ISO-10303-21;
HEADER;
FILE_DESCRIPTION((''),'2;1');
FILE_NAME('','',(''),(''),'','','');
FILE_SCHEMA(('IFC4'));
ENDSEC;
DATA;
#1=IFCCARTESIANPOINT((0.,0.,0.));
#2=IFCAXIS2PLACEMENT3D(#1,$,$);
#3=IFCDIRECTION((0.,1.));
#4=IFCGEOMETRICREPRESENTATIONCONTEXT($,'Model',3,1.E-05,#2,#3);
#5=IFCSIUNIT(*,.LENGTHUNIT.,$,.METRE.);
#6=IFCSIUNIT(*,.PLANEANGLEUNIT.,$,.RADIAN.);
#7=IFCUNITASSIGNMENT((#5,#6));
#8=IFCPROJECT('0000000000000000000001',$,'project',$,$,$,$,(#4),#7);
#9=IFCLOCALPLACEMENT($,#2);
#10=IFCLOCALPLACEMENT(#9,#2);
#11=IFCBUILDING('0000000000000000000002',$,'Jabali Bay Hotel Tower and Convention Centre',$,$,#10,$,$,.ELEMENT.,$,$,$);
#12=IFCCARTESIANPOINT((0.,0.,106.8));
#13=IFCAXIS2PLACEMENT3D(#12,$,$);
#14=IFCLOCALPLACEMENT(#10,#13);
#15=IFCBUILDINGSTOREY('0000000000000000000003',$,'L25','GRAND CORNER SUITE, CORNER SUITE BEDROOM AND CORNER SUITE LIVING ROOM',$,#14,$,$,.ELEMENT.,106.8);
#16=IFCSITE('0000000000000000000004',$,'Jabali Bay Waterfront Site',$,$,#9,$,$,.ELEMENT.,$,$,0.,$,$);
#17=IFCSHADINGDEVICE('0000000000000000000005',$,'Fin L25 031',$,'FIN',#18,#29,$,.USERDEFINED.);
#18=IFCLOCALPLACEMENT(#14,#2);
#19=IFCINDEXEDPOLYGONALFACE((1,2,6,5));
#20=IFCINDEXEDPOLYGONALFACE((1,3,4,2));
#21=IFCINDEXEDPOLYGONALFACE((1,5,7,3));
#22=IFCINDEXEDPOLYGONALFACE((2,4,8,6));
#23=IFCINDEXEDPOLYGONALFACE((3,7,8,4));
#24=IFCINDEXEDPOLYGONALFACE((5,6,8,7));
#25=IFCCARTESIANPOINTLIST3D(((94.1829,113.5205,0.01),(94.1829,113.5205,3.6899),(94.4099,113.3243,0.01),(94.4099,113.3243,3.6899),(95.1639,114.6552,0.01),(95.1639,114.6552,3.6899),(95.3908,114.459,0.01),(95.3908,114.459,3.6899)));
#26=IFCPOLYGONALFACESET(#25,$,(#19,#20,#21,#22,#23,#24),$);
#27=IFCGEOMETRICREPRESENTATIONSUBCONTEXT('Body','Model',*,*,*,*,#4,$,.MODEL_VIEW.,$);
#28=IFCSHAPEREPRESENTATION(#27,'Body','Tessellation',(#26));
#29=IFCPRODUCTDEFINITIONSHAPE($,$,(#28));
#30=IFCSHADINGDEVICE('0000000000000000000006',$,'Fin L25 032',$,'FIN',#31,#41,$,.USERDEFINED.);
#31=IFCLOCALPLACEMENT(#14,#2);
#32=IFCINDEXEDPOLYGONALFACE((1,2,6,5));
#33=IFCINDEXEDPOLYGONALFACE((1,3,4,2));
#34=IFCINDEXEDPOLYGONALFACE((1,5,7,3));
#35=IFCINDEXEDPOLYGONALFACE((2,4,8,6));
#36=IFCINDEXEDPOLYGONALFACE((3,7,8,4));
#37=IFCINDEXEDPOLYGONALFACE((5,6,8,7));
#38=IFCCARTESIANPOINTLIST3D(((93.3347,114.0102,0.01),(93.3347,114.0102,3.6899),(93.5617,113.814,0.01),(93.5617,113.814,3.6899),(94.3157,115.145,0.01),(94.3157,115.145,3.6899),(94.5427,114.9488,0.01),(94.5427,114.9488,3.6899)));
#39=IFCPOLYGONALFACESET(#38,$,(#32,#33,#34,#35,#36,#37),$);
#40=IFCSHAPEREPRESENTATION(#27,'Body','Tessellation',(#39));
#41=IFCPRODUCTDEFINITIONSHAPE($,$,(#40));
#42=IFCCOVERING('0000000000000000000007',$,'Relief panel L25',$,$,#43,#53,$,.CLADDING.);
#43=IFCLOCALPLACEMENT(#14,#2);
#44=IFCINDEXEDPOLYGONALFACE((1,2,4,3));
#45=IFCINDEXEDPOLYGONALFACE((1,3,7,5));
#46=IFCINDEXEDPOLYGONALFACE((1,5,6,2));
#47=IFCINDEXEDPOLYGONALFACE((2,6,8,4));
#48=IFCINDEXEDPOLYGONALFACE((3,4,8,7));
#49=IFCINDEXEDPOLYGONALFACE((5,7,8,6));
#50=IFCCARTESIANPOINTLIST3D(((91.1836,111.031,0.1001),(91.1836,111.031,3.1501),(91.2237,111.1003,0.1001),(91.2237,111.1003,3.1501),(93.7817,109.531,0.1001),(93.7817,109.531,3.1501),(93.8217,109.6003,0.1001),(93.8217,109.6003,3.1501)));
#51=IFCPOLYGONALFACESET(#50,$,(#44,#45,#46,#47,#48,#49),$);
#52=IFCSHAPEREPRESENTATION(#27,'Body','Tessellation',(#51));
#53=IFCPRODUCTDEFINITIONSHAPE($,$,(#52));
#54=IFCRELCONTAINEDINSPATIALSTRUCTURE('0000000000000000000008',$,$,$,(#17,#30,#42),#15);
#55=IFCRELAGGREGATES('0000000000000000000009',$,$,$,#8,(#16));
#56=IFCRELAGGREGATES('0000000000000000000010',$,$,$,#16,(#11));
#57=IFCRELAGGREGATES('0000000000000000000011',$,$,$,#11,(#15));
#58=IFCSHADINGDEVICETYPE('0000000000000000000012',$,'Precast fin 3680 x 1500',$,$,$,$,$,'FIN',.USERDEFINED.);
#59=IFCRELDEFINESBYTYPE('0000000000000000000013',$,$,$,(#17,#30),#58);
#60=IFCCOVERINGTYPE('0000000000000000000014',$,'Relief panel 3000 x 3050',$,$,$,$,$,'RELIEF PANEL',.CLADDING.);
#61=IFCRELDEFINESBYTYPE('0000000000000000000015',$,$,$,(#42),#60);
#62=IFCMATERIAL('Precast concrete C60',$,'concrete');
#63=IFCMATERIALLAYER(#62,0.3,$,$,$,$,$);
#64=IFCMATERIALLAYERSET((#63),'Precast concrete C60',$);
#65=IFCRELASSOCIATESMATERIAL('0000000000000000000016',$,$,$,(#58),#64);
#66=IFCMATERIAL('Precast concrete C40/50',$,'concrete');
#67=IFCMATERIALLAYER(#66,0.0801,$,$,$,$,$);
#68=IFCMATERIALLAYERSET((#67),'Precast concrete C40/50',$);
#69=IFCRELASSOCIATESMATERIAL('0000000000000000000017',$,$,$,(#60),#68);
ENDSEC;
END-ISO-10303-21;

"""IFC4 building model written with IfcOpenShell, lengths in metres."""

from ifc_helpers import new_model, si_unit, direction, frame, frame_2d, origin, origin_2d, place, context, subcontext, project, spatial, rectangle, extrude, material, layer, layer_set, type_object, element, save


model = new_model("IFC4")

# Units and contexts
model_context = context("Model", 3, precision=1e-05, world=origin(), true_north=direction((0.0, 1.0)))
body_context = subcontext(model_context, "Body", "Model", "MODEL_VIEW")
ifc_project = project(units=[si_unit("LENGTHUNIT", "METRE"), si_unit("PLANEANGLEUNIT", "RADIAN")], contexts=[model_context])

# Site, building, storey
site_placement = place(None, origin())
site = spatial("IfcSite", under=ifc_project, at=site_placement, Name="Jabali Bay Waterfront Site", CompositionType="ELEMENT", RefElevation=0.0)
building_placement = place(site_placement, origin())
building = spatial("IfcBuilding", under=site, at=building_placement, Name="Jabali Bay Hotel Tower and Convention Centre", CompositionType="ELEMENT")
storey_placement = place(building_placement, frame((0.0, 0.0, 106.8)))
storey = spatial("IfcBuildingStorey", under=building, at=storey_placement, Name="L25", Description="GRAND CORNER SUITE, CORNER SUITE BEDROOM AND CORNER SUITE LIVING ROOM", CompositionType="ELEMENT", Elevation=106.8)

# Shading devices
ifc_material_1 = material(Name="Precast concrete C60", Category="concrete")
ifc_layer_1 = layer(ifc_material_1, 0.3)
ifc_layer_set_1 = layer_set([ifc_layer_1], Name="Precast concrete C60")
shading_device_type_1 = type_object("IfcShadingDeviceType", Name="Precast fin 3680 x 1500", ElementType="FIN", PredefinedType="USERDEFINED", material=ifc_layer_set_1)
for number, where, z_axis, x_axis, name in (
    (1, (94.2964, 113.4224, 0.01), (0.0, 0.0, 1.0), (0.653976, 0.756516, 0.0), "Fin L25 031"),
    (2, (93.4482, 113.9121, 0.01), (0.0, 0.0, 1.0), (0.653976, 0.756516, 0.0), "Fin L25 032"),
):
    element("IfcShadingDevice", number, at=place(storey_placement, frame(where, z_axis=z_axis, x_axis=x_axis)), inside=storey, type_object=shading_device_type_1, Name=name, ObjectType="FIN", PredefinedType="USERDEFINED", context=body_context, shape_type="SweptSolid", body=[
        extrude(rectangle(XDim=1.5, YDim=0.3, at=frame_2d((0.75, 0.0))), origin(), (0.0, 0.0, 1.0), 3.6799),
    ])

# Covering
ifc_material_2 = material(Name="Precast concrete C40/50", Category="concrete")
ifc_layer_2 = layer(ifc_material_2, 0.0801)
ifc_layer_set_2 = layer_set([ifc_layer_2], Name="Precast concrete C40/50")
covering_type = type_object("IfcCoveringType", Name="Relief panel 3000 x 3050", ElementType="RELIEF PANEL", PredefinedType="CLADDING", material=ifc_layer_set_2)
covering_placement = place(storey_placement, frame((92.5027, 110.3157, 0.1001), z_axis=(0.0, 0.0, 1.0), x_axis=(0.866025, -0.5, 0.0)))
element("IfcCovering", 3, at=covering_placement, inside=storey, type_object=covering_type, Name="Relief panel L25", PredefinedType="CLADDING", context=body_context, shape_type="SweptSolid", body=[
    extrude(rectangle(XDim=3.0, YDim=0.0801, at=origin_2d()), origin(), (0.0, 0.0, 1.0), 3.05),
])

save(model, "model.ifc")
